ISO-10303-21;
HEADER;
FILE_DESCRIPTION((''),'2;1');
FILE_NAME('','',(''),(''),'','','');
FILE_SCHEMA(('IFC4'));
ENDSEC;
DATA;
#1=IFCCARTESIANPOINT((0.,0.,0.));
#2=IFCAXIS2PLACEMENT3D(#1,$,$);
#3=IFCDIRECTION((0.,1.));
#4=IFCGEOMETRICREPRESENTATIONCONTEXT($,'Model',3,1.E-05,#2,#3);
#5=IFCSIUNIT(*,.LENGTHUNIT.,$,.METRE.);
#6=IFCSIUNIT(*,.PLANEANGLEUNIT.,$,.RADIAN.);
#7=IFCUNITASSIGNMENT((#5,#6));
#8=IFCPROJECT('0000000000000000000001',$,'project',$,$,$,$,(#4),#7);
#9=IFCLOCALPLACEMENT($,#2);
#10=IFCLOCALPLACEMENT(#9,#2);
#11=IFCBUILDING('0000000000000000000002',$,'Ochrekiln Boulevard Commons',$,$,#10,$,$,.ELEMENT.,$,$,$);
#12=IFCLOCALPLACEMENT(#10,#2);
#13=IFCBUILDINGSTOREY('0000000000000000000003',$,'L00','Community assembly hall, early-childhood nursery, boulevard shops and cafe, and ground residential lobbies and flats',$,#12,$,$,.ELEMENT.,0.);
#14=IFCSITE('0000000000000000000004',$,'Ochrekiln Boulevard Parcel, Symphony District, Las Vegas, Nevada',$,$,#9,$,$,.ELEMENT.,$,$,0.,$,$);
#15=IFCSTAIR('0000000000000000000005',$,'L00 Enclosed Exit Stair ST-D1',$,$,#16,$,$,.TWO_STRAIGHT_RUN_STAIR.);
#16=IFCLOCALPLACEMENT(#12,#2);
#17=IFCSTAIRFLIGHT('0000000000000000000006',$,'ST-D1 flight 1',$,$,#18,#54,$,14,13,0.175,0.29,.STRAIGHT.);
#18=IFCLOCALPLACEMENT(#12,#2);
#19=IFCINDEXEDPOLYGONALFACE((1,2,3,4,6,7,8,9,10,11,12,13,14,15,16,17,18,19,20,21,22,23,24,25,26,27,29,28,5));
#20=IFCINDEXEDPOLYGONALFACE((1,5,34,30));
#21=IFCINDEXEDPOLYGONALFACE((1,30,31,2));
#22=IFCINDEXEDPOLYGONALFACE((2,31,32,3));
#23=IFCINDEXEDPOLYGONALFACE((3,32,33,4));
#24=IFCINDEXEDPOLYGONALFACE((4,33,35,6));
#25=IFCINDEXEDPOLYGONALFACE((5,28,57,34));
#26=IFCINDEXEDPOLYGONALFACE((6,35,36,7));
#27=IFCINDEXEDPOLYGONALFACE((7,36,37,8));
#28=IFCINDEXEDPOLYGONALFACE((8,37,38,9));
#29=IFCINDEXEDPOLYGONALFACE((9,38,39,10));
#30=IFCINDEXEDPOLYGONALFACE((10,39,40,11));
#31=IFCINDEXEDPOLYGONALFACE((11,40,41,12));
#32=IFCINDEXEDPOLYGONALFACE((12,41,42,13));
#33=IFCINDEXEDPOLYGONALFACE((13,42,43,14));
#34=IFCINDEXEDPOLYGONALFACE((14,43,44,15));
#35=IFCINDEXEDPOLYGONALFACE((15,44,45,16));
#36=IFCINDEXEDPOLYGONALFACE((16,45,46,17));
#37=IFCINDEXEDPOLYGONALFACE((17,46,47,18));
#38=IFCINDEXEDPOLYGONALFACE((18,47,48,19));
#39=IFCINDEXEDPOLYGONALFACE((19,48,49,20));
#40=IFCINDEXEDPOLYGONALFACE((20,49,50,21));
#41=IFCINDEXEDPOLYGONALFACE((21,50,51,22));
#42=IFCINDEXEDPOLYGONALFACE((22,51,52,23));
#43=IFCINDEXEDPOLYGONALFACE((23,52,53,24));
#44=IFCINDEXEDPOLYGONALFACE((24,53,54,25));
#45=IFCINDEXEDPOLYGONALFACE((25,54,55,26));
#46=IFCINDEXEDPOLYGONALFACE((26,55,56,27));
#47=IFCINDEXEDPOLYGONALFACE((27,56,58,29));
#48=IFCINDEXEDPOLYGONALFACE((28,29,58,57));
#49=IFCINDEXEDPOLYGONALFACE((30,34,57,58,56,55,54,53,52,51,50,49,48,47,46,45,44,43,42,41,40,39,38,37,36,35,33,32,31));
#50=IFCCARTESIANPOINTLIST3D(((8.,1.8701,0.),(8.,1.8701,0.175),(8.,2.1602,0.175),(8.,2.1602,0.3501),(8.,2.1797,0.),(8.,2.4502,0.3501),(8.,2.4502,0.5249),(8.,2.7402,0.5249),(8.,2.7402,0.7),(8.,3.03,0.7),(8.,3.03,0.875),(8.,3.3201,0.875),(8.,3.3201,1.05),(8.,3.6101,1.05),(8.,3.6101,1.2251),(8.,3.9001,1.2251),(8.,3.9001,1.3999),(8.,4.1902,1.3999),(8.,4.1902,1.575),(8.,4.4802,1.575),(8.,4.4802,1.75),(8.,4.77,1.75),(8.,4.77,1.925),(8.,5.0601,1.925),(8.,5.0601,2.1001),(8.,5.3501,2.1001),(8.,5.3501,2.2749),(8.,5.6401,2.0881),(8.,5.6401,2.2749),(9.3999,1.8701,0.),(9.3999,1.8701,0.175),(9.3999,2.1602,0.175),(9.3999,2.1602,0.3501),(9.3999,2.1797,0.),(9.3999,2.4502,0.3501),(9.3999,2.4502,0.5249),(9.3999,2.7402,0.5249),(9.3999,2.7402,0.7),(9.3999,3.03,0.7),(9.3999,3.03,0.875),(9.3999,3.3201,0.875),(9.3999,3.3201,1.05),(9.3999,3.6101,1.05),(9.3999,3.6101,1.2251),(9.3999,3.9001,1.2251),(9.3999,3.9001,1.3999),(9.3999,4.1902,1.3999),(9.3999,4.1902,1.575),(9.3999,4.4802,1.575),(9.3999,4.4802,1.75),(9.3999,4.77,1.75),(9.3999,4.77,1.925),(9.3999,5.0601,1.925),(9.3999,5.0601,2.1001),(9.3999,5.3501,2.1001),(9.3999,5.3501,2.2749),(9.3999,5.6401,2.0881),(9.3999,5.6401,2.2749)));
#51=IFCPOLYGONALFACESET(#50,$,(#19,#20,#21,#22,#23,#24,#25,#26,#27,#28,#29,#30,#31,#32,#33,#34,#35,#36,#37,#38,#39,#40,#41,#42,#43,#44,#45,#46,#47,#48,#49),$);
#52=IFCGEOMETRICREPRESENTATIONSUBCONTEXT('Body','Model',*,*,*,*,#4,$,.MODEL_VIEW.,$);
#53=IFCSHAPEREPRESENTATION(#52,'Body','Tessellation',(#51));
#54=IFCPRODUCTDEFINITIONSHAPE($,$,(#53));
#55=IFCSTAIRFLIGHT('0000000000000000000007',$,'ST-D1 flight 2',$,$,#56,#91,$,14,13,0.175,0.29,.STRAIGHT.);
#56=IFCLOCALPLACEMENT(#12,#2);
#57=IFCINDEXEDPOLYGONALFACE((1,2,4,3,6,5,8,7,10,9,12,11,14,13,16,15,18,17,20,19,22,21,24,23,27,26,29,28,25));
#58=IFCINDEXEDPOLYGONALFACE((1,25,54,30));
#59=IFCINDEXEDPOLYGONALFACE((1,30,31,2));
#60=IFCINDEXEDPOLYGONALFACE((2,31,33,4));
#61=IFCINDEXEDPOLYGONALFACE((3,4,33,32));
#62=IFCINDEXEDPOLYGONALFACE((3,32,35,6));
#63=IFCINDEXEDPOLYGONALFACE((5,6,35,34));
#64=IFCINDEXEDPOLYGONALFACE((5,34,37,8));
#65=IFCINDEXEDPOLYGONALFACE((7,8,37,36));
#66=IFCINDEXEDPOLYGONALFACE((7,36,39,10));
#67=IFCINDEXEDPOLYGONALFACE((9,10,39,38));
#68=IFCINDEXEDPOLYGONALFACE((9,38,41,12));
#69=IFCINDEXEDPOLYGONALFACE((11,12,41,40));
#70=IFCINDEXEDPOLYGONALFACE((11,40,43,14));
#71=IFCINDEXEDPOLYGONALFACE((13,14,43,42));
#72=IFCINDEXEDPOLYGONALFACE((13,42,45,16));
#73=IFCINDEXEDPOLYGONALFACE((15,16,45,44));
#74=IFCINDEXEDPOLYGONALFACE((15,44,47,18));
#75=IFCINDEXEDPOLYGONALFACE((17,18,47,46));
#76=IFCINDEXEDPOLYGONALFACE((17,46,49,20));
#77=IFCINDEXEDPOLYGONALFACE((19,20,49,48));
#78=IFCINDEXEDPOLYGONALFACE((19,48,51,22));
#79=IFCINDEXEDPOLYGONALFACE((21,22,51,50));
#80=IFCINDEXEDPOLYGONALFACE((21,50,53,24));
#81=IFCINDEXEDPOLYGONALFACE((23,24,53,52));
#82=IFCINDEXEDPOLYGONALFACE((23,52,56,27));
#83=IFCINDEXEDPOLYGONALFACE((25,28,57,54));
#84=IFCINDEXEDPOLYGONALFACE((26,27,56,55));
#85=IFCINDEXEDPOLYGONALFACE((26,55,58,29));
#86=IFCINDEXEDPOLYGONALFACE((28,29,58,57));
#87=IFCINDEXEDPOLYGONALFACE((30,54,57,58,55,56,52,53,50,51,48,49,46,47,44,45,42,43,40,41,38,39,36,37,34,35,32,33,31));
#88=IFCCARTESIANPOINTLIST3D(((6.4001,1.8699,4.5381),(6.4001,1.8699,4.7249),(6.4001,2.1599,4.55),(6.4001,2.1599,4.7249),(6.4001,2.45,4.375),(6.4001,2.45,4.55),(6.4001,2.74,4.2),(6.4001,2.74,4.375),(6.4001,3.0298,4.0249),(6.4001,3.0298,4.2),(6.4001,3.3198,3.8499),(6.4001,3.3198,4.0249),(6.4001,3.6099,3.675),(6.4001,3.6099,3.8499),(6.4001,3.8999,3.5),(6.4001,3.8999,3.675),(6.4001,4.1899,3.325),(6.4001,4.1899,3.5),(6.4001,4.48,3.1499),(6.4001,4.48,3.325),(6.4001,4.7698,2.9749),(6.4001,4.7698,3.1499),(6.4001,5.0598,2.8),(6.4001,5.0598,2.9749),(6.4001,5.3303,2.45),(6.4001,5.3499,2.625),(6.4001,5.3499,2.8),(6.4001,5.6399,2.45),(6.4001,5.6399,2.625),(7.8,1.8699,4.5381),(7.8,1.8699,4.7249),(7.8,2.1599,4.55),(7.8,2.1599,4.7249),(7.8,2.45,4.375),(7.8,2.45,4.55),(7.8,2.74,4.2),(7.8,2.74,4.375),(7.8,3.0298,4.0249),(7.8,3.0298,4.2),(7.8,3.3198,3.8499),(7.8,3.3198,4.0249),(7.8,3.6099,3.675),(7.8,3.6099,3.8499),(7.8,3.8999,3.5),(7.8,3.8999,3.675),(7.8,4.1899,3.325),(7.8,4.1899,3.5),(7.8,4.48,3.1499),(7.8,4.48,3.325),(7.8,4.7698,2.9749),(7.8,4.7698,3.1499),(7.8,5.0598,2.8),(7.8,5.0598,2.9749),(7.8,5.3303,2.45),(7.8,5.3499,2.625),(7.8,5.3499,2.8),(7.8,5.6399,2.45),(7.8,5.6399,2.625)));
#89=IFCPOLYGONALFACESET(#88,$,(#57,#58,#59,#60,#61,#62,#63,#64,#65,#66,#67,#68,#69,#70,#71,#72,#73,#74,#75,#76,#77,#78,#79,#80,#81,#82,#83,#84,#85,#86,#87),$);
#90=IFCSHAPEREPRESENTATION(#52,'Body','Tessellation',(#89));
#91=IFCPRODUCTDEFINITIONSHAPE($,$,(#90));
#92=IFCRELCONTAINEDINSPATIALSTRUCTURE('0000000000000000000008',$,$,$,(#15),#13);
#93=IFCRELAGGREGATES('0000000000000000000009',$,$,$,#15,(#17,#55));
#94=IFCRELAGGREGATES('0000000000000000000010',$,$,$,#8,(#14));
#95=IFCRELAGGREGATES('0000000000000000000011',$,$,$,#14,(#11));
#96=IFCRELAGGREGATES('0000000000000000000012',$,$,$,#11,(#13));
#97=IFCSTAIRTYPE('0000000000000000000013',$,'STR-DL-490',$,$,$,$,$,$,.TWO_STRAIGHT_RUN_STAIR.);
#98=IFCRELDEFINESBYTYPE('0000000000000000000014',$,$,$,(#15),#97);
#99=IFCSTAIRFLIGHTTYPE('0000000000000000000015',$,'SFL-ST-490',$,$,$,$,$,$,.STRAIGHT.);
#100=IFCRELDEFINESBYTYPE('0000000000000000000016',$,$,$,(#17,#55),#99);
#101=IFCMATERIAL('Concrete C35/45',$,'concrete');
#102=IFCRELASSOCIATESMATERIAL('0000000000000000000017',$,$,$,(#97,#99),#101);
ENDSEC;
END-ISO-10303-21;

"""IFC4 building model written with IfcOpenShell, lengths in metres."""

from ifc_helpers import new_model, si_unit, direction, frame, origin, place, context, subcontext, project, spatial, polyline, outline, extrude, material, type_object, element, aggregate, save


model = new_model("IFC4")

# Units and contexts
model_context = context("Model", 3, precision=1e-05, world=origin(), true_north=direction((0.0, 1.0)))
body_context = subcontext(model_context, "Body", "Model", "MODEL_VIEW")
ifc_project = project(units=[si_unit("LENGTHUNIT", "METRE"), si_unit("PLANEANGLEUNIT", "RADIAN")], contexts=[model_context])

# Site, building, storey
site_placement = place(None, origin())
site = spatial("IfcSite", under=ifc_project, at=site_placement, Name="Ochrekiln Boulevard Parcel, Symphony District, Las Vegas, Nevada", CompositionType="ELEMENT", RefElevation=0.0)
building_placement = place(site_placement, origin())
building = spatial("IfcBuilding", under=site, at=building_placement, Name="Ochrekiln Boulevard Commons", CompositionType="ELEMENT")
storey_placement = place(building_placement, origin())
storey = spatial("IfcBuildingStorey", under=building, at=storey_placement, Name="L00", Description="Community assembly hall, early-childhood nursery, boulevard shops and cafe, and ground residential lobbies and flats", CompositionType="ELEMENT", Elevation=0.0)

# Shared definitions
ifc_material_1 = material(Name="Concrete C35/45", Category="concrete")

# Stair, stair flights
stair_type = type_object("IfcStairType", Name="STR-DL-490", PredefinedType="TWO_STRAIGHT_RUN_STAIR", material=ifc_material_1)
stair_placement = place(storey_placement, origin())
stair = element("IfcStair", 1, at=stair_placement, inside=storey, type_object=stair_type, Name="L00 Enclosed Exit Stair ST-D1", PredefinedType="TWO_STRAIGHT_RUN_STAIR")
stair_flight_type = type_object("IfcStairFlightType", Name="SFL-ST-490", PredefinedType="STRAIGHT", material=ifc_material_1)
stair_flight_1_placement = place(storey_placement, frame((8.7, 1.8701, 0.0), z_axis=(0.0, 0.0, 1.0), x_axis=(0.0, 1.0, 0.0)))
stair_flight_1 = element("IfcStairFlight", 2, at=stair_flight_1_placement, type_object=stair_flight_type, Name="ST-D1 flight 1", NumberOfRisers=14, NumberOfTreads=13, PredefinedType="STRAIGHT", RiserHeight=0.175, TreadLength=0.29, context=body_context, shape_type="SweptSolid", body=[
    extrude(outline(polyline([(0.0, 0.0), (0.0, 0.175), (0.29, 0.175), (0.29, 0.3501), (0.5801, 0.3501), (0.5801, 0.5249), (0.8701, 0.5249), (0.8701, 0.7), (1.1599, 0.7), (1.1599, 0.875), (1.45, 0.875), (1.45, 1.05), (1.74, 1.05), (1.74, 1.2251), (2.03, 1.2251), (2.03, 1.3999), (2.3201, 1.3999), (2.3201, 1.575), (2.6101, 1.575), (2.6101, 1.75), (2.8999, 1.75), (2.8999, 1.925), (3.1899, 1.925), (3.1899, 2.1001), (3.48, 2.1001), (3.48, 2.2749), (3.77, 2.2749), (3.77, 2.45), (3.77, 2.0881), (0.3096, 0.0), (0.0, 0.0)])), frame((0.0, 0.7, 0.0), z_axis=(0.0, -1.0, 0.0), x_axis=(1.0, 0.0, 0.0)), (0.0, 0.0, 1.0), 1.3999),
])
stair_flight_2_placement = place(storey_placement, frame((7.1001, 5.6399, 2.45), z_axis=(0.0, 0.0, 1.0), x_axis=(0.0, -1.0, 0.0)))
stair_flight_2 = element("IfcStairFlight", 3, at=stair_flight_2_placement, type_object=stair_flight_type, Name="ST-D1 flight 2", NumberOfRisers=14, NumberOfTreads=13, PredefinedType="STRAIGHT", RiserHeight=0.175, TreadLength=0.29, context=body_context, shape_type="SweptSolid", body=[
    extrude(outline(polyline([(0.0, 0.0), (0.0, 0.175), (0.29, 0.175), (0.29, 0.3501), (0.5801, 0.3501), (0.5801, 0.5249), (0.8701, 0.5249), (0.8701, 0.7), (1.1599, 0.7), (1.1599, 0.875), (1.45, 0.875), (1.45, 1.05), (1.74, 1.05), (1.74, 1.2251), (2.03, 1.2251), (2.03, 1.3999), (2.3201, 1.3999), (2.3201, 1.575), (2.6101, 1.575), (2.6101, 1.75), (2.8999, 1.75), (2.8999, 1.925), (3.1899, 1.925), (3.1899, 2.1001), (3.48, 2.1001), (3.48, 2.2749), (3.77, 2.2749), (3.77, 2.45), (3.77, 2.0881), (0.3096, 0.0), (0.0, 0.0)])), frame((0.0, 0.7, 0.0), z_axis=(0.0, -1.0, 0.0), x_axis=(1.0, 0.0, 0.0)), (0.0, 0.0, 1.0), 1.3999),
])
aggregate(stair, [stair_flight_1, stair_flight_2])

save(model, "model.ifc")
